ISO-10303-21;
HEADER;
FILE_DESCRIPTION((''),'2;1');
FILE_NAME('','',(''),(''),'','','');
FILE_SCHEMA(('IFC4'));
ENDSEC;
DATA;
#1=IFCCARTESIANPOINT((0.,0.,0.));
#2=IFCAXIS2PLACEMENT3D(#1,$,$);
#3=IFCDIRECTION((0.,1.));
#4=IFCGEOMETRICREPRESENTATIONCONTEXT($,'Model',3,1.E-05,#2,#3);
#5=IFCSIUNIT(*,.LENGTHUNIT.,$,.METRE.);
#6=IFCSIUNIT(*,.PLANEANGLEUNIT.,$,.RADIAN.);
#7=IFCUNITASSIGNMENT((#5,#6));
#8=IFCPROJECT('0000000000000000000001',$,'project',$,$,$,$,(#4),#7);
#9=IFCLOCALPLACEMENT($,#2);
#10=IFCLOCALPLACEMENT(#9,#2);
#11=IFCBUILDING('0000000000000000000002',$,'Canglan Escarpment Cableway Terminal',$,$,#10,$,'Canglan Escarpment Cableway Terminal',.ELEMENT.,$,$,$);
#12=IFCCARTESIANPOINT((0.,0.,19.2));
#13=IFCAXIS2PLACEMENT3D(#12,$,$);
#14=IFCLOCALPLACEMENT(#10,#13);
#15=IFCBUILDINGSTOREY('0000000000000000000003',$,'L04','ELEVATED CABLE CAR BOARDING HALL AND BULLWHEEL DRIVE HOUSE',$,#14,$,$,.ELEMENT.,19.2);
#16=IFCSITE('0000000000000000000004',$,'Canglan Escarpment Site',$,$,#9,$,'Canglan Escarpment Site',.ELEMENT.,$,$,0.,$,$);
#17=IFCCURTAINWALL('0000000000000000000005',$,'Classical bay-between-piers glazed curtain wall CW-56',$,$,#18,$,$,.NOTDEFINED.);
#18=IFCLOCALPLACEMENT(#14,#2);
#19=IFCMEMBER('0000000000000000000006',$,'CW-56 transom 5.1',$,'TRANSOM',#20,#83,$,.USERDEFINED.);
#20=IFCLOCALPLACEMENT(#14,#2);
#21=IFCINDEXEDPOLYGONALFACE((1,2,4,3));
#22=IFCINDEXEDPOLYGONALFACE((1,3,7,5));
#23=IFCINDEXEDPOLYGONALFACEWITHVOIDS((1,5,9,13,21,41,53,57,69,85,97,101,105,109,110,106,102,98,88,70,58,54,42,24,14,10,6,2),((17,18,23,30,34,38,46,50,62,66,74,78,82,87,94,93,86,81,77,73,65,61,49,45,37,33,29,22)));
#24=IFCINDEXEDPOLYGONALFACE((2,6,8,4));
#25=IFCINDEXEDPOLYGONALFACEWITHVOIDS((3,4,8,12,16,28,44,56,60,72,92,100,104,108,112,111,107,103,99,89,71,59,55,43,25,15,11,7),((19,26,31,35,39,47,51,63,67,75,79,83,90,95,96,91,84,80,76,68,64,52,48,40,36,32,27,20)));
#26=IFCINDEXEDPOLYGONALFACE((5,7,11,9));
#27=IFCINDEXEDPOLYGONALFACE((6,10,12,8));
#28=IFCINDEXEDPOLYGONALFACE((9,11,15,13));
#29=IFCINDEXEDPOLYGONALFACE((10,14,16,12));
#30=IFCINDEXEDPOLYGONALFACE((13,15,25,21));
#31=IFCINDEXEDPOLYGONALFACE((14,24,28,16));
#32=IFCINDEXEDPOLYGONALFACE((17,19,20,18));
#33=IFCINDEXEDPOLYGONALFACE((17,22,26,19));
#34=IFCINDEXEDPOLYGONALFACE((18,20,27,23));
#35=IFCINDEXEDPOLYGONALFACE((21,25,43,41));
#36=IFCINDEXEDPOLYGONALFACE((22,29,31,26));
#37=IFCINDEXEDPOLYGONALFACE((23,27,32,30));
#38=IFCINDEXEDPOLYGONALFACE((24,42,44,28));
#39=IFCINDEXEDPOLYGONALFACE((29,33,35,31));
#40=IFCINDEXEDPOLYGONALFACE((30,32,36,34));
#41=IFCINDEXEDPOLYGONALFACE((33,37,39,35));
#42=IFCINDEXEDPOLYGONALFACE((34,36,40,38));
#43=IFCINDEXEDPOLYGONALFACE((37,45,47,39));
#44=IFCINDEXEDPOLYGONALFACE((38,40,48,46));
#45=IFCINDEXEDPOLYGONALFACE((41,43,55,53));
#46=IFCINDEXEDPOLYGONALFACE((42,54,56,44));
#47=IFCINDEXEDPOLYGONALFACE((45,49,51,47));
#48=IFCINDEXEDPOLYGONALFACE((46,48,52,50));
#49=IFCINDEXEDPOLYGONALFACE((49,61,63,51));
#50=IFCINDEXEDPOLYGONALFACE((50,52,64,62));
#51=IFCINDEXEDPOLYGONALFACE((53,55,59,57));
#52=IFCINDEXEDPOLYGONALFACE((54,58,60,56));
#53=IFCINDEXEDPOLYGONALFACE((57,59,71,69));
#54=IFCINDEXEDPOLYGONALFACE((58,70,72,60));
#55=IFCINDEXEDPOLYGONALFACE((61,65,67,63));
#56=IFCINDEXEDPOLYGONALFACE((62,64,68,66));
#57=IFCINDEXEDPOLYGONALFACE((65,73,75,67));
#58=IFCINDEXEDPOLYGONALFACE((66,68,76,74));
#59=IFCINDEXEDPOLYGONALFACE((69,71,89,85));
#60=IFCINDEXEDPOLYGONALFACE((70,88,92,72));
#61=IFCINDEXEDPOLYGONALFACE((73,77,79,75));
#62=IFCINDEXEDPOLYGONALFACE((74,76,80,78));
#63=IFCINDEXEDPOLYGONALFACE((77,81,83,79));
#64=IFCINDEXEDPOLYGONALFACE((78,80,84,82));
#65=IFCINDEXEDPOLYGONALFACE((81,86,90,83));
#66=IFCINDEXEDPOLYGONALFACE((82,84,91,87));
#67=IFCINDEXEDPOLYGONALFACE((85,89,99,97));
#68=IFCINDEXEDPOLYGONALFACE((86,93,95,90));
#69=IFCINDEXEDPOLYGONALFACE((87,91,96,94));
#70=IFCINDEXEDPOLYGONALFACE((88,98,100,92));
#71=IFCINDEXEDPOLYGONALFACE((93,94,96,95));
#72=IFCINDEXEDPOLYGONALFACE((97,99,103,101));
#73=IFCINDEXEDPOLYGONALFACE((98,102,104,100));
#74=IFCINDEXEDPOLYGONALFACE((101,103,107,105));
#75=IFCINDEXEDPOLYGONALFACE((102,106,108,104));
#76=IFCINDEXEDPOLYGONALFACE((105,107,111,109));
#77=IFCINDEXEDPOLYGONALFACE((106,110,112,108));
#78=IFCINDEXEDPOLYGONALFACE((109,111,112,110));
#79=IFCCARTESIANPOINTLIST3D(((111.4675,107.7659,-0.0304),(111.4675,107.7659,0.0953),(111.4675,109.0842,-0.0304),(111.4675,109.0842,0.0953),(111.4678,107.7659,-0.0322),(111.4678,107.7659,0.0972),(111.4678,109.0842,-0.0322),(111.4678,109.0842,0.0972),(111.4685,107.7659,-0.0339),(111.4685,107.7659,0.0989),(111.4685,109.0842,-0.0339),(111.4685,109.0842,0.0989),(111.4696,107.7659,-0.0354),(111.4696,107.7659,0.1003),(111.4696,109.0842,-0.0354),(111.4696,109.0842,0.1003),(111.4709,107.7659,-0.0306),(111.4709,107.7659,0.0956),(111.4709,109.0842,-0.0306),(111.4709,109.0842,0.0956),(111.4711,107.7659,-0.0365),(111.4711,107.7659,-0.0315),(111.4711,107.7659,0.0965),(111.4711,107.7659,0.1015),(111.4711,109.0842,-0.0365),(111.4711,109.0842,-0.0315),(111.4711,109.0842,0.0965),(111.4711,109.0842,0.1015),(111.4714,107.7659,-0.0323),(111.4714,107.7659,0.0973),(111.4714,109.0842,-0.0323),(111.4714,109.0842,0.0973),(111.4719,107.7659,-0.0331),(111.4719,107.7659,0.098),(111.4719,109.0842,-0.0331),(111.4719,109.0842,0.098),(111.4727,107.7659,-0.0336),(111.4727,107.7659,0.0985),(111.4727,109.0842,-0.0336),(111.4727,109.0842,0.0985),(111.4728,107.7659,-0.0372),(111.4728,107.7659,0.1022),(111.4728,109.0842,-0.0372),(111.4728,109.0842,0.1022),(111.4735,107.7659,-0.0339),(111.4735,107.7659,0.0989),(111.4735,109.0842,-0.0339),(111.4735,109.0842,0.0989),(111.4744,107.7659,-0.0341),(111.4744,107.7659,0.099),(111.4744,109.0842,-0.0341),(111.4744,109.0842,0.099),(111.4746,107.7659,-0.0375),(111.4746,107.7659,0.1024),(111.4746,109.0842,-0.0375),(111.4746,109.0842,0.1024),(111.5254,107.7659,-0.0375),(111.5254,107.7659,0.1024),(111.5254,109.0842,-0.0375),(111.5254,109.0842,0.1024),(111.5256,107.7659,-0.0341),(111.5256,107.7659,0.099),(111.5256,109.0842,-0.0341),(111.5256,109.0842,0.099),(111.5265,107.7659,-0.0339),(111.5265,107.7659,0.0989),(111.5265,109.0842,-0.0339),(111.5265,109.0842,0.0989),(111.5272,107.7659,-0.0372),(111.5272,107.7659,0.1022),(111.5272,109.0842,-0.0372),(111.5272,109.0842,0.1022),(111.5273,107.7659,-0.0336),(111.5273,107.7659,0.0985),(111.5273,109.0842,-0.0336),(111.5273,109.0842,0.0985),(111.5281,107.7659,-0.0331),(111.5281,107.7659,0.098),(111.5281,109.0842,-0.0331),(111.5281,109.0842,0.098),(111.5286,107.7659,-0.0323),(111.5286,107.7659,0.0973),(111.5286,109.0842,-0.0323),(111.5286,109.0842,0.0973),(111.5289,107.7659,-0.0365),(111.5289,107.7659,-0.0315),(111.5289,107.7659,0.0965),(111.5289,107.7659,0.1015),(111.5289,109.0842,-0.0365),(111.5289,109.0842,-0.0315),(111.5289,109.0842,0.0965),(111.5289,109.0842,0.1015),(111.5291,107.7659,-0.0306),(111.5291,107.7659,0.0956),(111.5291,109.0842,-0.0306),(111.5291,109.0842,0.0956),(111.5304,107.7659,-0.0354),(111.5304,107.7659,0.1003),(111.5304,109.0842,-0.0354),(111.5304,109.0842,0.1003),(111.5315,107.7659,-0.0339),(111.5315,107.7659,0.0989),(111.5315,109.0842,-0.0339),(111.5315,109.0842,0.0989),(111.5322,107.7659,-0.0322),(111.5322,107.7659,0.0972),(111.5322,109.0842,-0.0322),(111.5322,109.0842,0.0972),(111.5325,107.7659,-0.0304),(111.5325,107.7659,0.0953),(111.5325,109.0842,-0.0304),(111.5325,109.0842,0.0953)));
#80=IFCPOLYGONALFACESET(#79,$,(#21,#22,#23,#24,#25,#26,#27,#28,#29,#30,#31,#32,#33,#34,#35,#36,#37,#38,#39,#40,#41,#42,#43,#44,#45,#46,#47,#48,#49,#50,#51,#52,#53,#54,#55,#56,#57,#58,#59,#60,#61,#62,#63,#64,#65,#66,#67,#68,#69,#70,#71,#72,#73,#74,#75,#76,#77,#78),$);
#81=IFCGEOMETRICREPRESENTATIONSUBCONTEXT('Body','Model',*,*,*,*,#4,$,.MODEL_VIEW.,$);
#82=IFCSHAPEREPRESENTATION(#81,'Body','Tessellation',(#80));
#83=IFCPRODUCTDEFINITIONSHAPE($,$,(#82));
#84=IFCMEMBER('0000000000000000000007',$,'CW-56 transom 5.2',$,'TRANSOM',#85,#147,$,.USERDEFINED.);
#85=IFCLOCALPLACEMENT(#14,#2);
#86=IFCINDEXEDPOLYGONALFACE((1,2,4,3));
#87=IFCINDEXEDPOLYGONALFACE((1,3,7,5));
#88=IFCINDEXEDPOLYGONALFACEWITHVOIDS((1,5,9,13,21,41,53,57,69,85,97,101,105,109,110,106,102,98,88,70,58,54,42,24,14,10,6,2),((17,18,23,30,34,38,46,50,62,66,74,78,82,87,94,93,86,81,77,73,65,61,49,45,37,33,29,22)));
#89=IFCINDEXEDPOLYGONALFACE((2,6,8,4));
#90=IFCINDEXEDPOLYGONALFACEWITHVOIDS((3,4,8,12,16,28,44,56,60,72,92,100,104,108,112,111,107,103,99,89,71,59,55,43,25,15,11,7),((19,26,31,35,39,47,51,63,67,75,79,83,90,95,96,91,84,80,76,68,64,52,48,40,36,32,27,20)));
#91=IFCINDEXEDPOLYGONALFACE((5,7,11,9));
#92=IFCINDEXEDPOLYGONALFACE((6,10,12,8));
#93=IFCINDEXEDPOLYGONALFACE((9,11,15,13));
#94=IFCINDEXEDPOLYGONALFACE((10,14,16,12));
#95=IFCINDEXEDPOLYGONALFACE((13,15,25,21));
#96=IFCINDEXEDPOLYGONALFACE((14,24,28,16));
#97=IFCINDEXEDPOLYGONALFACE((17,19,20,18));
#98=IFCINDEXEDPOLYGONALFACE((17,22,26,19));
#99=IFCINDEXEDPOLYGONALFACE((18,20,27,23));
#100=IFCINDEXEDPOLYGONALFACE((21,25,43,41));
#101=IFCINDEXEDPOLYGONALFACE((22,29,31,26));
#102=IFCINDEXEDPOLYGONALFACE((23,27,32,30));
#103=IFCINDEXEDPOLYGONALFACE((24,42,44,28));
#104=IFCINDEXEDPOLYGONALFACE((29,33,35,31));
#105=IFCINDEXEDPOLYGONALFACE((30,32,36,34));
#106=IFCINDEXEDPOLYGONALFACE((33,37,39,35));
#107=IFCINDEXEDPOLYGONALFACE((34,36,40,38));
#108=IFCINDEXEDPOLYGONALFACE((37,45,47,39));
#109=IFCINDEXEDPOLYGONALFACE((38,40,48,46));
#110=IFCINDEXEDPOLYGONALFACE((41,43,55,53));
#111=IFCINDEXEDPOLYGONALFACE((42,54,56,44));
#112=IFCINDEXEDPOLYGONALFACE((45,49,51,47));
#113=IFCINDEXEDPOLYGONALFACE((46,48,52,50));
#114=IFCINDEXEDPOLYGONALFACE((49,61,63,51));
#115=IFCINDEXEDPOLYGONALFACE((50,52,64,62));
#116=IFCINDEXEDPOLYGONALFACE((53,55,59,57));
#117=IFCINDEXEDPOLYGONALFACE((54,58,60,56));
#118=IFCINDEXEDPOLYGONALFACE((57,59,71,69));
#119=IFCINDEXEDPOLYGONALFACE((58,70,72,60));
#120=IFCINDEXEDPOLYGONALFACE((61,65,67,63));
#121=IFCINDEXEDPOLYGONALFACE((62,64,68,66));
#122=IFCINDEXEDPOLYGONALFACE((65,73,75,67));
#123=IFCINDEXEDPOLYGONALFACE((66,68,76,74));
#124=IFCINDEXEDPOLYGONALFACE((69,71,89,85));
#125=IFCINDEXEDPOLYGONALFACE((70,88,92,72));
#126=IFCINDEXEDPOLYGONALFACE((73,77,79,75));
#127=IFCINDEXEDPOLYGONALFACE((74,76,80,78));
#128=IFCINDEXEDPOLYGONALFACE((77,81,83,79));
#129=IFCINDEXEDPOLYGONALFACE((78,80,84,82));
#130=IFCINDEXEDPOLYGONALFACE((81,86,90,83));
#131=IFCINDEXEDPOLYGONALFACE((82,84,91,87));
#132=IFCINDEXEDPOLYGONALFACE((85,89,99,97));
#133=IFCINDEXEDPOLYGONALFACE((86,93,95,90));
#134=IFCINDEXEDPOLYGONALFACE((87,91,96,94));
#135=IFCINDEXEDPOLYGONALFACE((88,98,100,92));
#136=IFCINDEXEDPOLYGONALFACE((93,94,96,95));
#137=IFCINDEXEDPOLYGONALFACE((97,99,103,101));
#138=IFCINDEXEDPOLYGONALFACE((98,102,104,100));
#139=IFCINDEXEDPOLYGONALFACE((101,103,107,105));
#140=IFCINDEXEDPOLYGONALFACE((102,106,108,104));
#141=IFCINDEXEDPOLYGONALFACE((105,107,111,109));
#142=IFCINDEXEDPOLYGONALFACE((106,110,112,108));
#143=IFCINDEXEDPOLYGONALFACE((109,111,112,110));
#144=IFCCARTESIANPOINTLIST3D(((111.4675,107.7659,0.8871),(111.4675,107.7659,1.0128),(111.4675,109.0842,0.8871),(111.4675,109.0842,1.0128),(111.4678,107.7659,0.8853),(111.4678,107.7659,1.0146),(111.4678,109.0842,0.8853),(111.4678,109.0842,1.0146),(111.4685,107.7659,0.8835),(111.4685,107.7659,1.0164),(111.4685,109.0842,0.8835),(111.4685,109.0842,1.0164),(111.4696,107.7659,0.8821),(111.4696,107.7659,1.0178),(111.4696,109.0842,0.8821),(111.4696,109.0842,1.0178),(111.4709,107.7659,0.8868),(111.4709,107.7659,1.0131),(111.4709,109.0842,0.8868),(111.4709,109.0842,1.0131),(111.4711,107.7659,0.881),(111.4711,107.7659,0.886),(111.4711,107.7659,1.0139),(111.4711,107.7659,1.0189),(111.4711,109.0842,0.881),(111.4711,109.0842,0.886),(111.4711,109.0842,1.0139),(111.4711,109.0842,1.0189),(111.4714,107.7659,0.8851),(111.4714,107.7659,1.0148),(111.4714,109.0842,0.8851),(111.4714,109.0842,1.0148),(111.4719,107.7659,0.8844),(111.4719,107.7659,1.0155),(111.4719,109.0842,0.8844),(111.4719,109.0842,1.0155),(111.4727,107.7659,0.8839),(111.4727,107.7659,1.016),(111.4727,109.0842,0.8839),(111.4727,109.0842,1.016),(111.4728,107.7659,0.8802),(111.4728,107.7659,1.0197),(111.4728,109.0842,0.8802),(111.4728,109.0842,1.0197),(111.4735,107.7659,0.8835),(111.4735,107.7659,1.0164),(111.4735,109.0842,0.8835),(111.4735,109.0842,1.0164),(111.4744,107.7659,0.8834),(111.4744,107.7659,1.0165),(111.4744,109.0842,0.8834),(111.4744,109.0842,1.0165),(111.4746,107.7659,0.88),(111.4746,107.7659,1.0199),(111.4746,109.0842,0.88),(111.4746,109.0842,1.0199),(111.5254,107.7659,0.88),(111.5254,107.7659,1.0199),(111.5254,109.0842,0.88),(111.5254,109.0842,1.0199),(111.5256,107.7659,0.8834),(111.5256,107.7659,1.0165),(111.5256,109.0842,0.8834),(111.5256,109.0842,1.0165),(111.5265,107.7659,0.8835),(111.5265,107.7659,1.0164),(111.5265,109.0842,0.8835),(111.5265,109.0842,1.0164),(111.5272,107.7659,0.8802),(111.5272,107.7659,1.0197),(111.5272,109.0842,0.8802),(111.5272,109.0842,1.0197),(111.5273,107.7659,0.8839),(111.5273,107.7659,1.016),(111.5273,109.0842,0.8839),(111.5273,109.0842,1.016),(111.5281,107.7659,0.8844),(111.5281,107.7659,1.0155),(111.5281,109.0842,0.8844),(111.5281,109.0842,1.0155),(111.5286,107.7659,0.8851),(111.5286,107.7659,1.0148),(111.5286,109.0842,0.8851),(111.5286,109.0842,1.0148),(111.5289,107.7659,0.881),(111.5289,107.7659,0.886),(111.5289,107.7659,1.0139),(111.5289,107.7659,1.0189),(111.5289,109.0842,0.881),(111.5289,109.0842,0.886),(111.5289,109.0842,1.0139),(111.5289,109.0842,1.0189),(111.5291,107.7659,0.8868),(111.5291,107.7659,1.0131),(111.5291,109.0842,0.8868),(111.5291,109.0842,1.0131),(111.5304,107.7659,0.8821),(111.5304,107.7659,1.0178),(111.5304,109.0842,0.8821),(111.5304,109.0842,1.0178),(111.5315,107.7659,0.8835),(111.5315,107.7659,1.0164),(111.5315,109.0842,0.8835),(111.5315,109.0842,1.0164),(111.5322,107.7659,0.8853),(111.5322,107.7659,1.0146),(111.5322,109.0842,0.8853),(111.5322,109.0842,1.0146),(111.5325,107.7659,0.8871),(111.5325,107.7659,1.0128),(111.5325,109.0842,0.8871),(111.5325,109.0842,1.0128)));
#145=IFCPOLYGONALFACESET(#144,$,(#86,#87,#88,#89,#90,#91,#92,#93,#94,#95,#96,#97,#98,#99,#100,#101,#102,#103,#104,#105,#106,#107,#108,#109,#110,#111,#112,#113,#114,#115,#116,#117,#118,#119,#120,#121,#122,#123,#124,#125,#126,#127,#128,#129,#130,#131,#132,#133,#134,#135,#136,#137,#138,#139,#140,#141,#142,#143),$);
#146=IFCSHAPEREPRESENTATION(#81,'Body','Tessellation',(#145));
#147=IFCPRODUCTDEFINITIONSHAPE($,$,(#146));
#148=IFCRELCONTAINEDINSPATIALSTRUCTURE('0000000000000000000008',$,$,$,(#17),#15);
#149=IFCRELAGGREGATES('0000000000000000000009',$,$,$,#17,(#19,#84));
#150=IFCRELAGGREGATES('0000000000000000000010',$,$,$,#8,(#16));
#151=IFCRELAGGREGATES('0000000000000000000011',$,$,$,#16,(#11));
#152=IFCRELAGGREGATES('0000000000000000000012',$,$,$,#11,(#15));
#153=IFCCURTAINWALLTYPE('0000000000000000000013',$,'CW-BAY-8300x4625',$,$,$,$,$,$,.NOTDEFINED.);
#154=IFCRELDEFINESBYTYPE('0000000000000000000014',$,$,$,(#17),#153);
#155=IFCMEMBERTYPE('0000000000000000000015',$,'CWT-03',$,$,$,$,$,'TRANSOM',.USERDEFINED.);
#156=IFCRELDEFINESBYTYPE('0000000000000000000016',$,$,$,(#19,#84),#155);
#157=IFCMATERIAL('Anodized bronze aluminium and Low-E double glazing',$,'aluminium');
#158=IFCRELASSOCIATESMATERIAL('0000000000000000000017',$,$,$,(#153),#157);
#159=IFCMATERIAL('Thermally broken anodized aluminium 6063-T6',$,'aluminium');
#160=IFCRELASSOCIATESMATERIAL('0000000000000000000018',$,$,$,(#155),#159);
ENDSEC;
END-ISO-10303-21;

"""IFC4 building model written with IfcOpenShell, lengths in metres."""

from ifc_helpers import new_model, si_unit, direction, frame, origin, origin_2d, place, context, subcontext, project, spatial, hollow_rectangle, extrude, material, material_profile, profile_set, type_object, element, aggregate, save


model = new_model("IFC4")

# Units and contexts
model_context = context("Model", 3, precision=1e-05, world=origin(), true_north=direction((0.0, 1.0)))
body_context = subcontext(model_context, "Body", "Model", "MODEL_VIEW")
ifc_project = project(units=[si_unit("LENGTHUNIT", "METRE"), si_unit("PLANEANGLEUNIT", "RADIAN")], contexts=[model_context])

# Site, building, storey
site_placement = place(None, origin())
site = spatial("IfcSite", under=ifc_project, at=site_placement, Name="Canglan Escarpment Site", LongName="Canglan Escarpment Site", CompositionType="ELEMENT", RefElevation=0.0)
building_placement = place(site_placement, origin())
building = spatial("IfcBuilding", under=site, at=building_placement, Name="Canglan Escarpment Cableway Terminal", LongName="Canglan Escarpment Cableway Terminal", CompositionType="ELEMENT")
storey_placement = place(building_placement, frame((0.0, 0.0, 19.2)))
storey = spatial("IfcBuildingStorey", under=building, at=storey_placement, Name="L04", Description="ELEVATED CABLE CAR BOARDING HALL AND BULLWHEEL DRIVE HOUSE", CompositionType="ELEMENT", Elevation=19.2)

# Curtain wall
ifc_material_1 = material(Name="Anodized bronze aluminium and Low-E double glazing", Category="aluminium")
curtain_wall_type = type_object("IfcCurtainWallType", Name="CW-BAY-8300x4625", PredefinedType="NOTDEFINED", material=ifc_material_1)
curtain_wall_1_placement = place(storey_placement, origin())
curtain_wall_1 = element("IfcCurtainWall", 1, at=curtain_wall_1_placement, inside=storey, type_object=curtain_wall_type, Name="Classical bay-between-piers glazed curtain wall CW-56", PredefinedType="NOTDEFINED")
ifc_material_2 = material(Name="Thermally broken anodized aluminium 6063-T6", Category="aluminium")

# Members
ifc_material_profile_1 = material_profile(ifc_material_2, hollow_rectangle(XDim=0.0649, YDim=0.1399, WallThickness=0.0034, InnerFilletRadius=0.0034, OuterFilletRadius=0.0071, at=origin_2d()), Name="ALU-TRAN 65x140x3.5")
ifc_profile_set_1 = profile_set([ifc_material_profile_1], Name="Thermally broken anodized aluminium 6063-T6")
member_type_1 = type_object("IfcMemberType", Name="CWT-03", ElementType="TRANSOM", PredefinedType="USERDEFINED", material=ifc_profile_set_1)
member_1_placement = place(storey_placement, frame((111.5, 109.0842, 0.0325), z_axis=(0.0, -1.0, 0.0), x_axis=(1.0, 0.0, 0.0)))
member_1 = element("IfcMember", 2, at=member_1_placement, type_object=member_type_1, Name="CW-56 transom 5.1", ObjectType="TRANSOM", PredefinedType="USERDEFINED", context=body_context, shape_type="SweptSolid", body=[
    extrude(hollow_rectangle(XDim=0.0649, YDim=0.1399, WallThickness=0.0034, InnerFilletRadius=0.0034, OuterFilletRadius=0.0071, at=origin_2d()), origin(), (0.0, 0.0, 1.0), 1.3184),
])
member_2_placement = place(storey_placement, frame((111.5, 109.0842, 0.95), z_axis=(0.0, -1.0, 0.0), x_axis=(1.0, 0.0, 0.0)))
member_2 = element("IfcMember", 3, at=member_2_placement, type_object=member_type_1, Name="CW-56 transom 5.2", ObjectType="TRANSOM", PredefinedType="USERDEFINED", context=body_context, shape_type="SweptSolid", body=[
    extrude(hollow_rectangle(XDim=0.0649, YDim=0.1399, WallThickness=0.0034, InnerFilletRadius=0.0034, OuterFilletRadius=0.0071, at=origin_2d()), origin(), (0.0, 0.0, 1.0), 1.3184),
])

aggregate(curtain_wall_1, [member_1, member_2])

save(model, "model.ifc")
